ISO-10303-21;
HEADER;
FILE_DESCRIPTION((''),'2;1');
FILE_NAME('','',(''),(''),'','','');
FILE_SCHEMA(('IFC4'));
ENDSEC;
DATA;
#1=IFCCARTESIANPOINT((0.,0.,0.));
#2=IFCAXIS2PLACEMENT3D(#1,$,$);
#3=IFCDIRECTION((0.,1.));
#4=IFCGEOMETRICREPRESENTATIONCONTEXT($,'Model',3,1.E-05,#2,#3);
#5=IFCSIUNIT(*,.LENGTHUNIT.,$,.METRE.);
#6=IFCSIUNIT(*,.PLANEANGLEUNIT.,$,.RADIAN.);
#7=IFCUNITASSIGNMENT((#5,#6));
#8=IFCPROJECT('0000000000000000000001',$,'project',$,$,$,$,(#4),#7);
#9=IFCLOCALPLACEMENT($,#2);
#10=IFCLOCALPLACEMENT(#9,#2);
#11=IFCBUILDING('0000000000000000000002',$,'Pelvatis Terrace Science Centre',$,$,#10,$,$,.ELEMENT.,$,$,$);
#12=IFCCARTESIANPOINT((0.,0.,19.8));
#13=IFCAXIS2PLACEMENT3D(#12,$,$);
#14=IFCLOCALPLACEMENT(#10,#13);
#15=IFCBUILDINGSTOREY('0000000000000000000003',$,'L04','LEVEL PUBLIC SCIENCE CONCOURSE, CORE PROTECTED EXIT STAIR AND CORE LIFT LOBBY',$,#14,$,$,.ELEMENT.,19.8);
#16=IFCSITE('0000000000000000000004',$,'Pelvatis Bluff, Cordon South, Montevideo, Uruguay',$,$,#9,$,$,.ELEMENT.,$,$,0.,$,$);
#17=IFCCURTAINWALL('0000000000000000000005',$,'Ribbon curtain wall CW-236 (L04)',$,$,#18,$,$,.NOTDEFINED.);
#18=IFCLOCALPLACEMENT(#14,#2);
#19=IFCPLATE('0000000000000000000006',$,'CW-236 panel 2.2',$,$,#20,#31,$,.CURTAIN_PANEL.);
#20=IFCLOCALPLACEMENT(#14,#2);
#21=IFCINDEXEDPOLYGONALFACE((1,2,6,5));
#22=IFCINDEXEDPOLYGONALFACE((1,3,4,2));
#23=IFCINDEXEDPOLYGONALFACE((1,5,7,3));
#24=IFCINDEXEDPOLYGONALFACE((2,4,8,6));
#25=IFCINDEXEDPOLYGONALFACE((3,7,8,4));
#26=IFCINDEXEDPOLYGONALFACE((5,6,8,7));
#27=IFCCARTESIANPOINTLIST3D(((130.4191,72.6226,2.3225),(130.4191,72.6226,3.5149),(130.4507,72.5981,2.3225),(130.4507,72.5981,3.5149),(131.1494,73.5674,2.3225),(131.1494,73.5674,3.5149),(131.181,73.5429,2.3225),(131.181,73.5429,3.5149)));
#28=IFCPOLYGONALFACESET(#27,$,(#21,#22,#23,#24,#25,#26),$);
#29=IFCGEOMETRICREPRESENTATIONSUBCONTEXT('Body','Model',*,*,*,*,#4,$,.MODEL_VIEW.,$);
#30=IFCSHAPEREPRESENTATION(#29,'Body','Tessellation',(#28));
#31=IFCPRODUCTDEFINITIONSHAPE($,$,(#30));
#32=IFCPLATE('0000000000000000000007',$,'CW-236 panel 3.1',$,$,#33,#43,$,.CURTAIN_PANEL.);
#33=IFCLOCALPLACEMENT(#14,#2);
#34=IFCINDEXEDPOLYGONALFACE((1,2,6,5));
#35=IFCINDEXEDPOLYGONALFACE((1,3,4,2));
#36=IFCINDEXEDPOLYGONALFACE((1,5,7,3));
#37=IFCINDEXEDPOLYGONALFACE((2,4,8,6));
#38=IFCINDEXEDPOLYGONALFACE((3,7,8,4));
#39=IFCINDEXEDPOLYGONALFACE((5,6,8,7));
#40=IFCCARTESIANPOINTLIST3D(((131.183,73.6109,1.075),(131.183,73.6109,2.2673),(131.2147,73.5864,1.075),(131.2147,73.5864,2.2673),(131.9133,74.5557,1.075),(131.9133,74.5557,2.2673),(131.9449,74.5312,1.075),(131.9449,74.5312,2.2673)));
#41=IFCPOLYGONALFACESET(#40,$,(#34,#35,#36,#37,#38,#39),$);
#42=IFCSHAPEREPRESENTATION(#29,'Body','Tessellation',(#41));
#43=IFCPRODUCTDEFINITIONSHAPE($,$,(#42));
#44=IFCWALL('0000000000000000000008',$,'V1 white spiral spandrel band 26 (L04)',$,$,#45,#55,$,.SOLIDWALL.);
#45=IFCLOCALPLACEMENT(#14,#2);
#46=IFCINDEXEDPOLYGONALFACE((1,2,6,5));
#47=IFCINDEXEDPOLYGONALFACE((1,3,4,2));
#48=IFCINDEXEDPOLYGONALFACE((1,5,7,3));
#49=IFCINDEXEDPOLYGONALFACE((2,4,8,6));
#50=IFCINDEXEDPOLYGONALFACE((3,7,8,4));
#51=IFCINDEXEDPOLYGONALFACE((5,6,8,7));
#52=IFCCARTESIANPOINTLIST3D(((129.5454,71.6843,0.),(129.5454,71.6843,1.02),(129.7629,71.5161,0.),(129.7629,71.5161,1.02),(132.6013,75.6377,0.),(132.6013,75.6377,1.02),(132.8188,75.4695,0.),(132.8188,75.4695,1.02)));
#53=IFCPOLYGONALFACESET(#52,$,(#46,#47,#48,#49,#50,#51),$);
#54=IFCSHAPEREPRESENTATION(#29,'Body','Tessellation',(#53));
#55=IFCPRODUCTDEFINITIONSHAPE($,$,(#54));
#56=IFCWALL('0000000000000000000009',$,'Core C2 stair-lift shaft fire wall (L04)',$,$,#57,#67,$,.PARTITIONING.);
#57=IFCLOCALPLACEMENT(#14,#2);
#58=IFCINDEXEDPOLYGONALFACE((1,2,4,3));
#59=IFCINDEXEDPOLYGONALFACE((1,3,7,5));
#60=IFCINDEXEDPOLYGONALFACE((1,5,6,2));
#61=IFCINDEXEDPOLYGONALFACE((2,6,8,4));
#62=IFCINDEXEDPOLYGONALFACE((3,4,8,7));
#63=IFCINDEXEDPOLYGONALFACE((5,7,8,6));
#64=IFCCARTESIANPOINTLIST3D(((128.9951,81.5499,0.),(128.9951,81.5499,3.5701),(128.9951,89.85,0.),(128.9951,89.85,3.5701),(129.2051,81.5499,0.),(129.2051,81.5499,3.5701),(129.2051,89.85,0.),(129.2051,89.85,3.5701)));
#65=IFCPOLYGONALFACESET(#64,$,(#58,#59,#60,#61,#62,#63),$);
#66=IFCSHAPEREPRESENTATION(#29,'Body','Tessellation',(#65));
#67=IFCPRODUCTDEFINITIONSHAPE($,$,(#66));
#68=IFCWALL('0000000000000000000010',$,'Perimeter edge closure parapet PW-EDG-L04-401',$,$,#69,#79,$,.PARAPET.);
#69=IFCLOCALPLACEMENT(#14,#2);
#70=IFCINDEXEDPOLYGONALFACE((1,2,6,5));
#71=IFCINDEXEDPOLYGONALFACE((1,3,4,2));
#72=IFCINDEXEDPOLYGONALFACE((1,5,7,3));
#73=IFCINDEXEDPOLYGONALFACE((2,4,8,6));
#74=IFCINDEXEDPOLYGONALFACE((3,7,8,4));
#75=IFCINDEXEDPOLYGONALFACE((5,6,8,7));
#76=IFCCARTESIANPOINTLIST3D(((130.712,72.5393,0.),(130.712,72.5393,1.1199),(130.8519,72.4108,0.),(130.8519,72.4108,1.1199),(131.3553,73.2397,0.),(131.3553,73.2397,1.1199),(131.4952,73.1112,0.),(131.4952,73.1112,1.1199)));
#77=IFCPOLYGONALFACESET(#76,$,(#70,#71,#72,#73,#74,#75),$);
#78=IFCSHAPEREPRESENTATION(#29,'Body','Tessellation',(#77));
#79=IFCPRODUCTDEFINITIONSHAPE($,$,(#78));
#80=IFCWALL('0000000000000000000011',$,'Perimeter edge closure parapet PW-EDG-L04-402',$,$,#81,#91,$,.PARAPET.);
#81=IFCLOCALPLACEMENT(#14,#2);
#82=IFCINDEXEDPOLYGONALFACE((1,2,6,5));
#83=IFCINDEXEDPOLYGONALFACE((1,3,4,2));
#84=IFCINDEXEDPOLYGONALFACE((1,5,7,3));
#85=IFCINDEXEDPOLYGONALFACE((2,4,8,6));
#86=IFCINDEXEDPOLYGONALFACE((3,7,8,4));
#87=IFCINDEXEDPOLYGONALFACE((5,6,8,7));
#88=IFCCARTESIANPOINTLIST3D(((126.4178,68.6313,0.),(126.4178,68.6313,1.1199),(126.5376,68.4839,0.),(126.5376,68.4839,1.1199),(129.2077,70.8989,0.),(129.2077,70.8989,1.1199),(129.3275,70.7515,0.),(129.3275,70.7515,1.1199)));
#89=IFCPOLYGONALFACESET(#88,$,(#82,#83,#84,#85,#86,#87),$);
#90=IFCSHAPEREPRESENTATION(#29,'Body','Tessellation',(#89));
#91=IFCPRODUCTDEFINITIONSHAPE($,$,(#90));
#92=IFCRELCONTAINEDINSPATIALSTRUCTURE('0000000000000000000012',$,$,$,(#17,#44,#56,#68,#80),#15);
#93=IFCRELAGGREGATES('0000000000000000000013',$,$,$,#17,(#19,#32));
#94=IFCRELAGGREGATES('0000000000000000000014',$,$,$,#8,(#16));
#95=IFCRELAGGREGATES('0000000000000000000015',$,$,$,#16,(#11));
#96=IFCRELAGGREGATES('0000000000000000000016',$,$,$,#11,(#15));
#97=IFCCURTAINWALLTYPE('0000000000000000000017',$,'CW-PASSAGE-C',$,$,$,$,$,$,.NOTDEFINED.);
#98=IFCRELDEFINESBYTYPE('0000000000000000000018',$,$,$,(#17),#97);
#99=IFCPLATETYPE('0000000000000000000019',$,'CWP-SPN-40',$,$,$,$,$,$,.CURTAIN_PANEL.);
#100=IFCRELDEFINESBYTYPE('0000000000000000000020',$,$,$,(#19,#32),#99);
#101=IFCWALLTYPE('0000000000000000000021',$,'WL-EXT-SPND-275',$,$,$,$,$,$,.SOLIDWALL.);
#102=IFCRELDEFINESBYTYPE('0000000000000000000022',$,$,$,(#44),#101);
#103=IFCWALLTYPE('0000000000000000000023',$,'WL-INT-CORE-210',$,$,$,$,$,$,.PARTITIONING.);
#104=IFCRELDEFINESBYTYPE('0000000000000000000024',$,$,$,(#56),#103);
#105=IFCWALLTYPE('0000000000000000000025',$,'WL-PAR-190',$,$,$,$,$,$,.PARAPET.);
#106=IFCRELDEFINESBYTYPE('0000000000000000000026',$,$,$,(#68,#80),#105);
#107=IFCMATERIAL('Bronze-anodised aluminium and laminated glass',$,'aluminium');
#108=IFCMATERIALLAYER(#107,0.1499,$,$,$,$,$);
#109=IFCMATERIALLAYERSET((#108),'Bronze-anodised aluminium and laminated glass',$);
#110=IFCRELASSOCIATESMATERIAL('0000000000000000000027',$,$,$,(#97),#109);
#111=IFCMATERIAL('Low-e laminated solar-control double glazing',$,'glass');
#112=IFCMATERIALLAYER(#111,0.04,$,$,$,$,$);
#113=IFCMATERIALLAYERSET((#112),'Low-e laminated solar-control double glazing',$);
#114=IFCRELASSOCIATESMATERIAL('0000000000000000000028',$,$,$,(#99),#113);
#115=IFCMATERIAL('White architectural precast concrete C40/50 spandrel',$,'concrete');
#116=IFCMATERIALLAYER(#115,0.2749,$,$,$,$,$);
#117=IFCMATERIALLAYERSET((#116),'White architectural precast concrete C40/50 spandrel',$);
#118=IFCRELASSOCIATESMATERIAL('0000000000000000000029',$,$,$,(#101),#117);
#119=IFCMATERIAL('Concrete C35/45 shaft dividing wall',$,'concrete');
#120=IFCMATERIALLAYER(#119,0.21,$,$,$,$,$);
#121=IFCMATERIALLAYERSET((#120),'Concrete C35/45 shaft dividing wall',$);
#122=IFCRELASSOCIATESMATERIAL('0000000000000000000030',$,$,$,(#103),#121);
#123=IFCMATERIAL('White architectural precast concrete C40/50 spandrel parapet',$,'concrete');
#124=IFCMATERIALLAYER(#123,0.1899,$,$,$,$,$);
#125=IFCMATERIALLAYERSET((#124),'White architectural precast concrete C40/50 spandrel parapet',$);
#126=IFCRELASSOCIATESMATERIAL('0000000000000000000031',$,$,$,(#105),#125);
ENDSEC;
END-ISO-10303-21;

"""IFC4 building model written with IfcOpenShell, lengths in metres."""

from ifc_helpers import new_model, si_unit, direction, frame, frame_2d, origin, origin_2d, place, context, subcontext, project, spatial, rectangle, extrude, material, layer, layer_set, type_object, element, aggregate, save


model = new_model("IFC4")

# Units and contexts
model_context = context("Model", 3, precision=1e-05, world=origin(), true_north=direction((0.0, 1.0)))
body_context = subcontext(model_context, "Body", "Model", "MODEL_VIEW")
ifc_project = project(units=[si_unit("LENGTHUNIT", "METRE"), si_unit("PLANEANGLEUNIT", "RADIAN")], contexts=[model_context])

# Site, building, storey
site_placement = place(None, origin())
site = spatial("IfcSite", under=ifc_project, at=site_placement, Name="Pelvatis Bluff, Cordon South, Montevideo, Uruguay", CompositionType="ELEMENT", RefElevation=0.0)
building_placement = place(site_placement, origin())
building = spatial("IfcBuilding", under=site, at=building_placement, Name="Pelvatis Terrace Science Centre", CompositionType="ELEMENT")
storey_placement = place(building_placement, frame((0.0, 0.0, 19.8)))
storey = spatial("IfcBuildingStorey", under=building, at=storey_placement, Name="L04", Description="LEVEL PUBLIC SCIENCE CONCOURSE, CORE PROTECTED EXIT STAIR AND CORE LIFT LOBBY", CompositionType="ELEMENT", Elevation=19.8)

# Shared definitions
ifc_material_1 = material(Name="Bronze-anodised aluminium and laminated glass", Category="aluminium")
ifc_layer_1 = layer(ifc_material_1, 0.1499)
ifc_layer_set_1 = layer_set([ifc_layer_1], Name="Bronze-anodised aluminium and laminated glass")
curtain_wall_type = type_object("IfcCurtainWallType", Name="CW-PASSAGE-C", PredefinedType="NOTDEFINED", material=ifc_layer_set_1)

# Curtain wall
curtain_wall_1_placement = place(storey_placement, origin())
curtain_wall_1 = element("IfcCurtainWall", 1, at=curtain_wall_1_placement, inside=storey, type_object=curtain_wall_type, Name="Ribbon curtain wall CW-236 (L04)", PredefinedType="NOTDEFINED")

# Plates
ifc_material_2 = material(Name="Low-e laminated solar-control double glazing", Category="glass")
ifc_layer_2 = layer(ifc_material_2, 0.04)
ifc_layer_set_2 = layer_set([ifc_layer_2], Name="Low-e laminated solar-control double glazing")
plate_type = type_object("IfcPlateType", Name="CWP-SPN-40", PredefinedType="CURTAIN_PANEL", material=ifc_layer_set_2)
plate_1_placement = place(storey_placement, frame((130.8, 73.0828, 2.3225), z_axis=(0.0, 0.0, 1.0), x_axis=(0.611582, 0.791181, 0.0)))
plate_1 = element("IfcPlate", 2, at=plate_1_placement, type_object=plate_type, Name="CW-236 panel 2.2", PredefinedType="CURTAIN_PANEL", context=body_context, shape_type="SweptSolid", body=[
    extrude(rectangle(XDim=1.1941, YDim=0.04, at=origin_2d()), origin(), (0.0, 0.0, 1.0), 1.1924),
])
plate_2_placement = place(storey_placement, frame((131.564, 74.071, 1.075), z_axis=(0.0, 0.0, 1.0), x_axis=(0.611582, 0.791181, 0.0)))
plate_2 = element("IfcPlate", 3, at=plate_2_placement, type_object=plate_type, Name="CW-236 panel 3.1", PredefinedType="CURTAIN_PANEL", context=body_context, shape_type="SweptSolid", body=[
    extrude(rectangle(XDim=1.1941, YDim=0.04, at=origin_2d()), origin(), (0.0, 0.0, 1.0), 1.1924),
])
aggregate(curtain_wall_1, [plate_1, plate_2])

# Walls
ifc_material_3 = material(Name="White architectural precast concrete C40/50 spandrel", Category="concrete")
ifc_layer_3 = layer(ifc_material_3, 0.2749)
ifc_layer_set_3 = layer_set([ifc_layer_3], Name="White architectural precast concrete C40/50 spandrel")
wall_type_1 = type_object("IfcWallType", Name="WL-EXT-SPND-275", PredefinedType="SOLIDWALL", material=ifc_layer_set_3)
wall_1_placement = place(storey_placement, frame((129.6541, 71.6001, 0.0), z_axis=(0.0, 0.0, 1.0), x_axis=(0.611577, 0.791185, 0.0)))
element("IfcWall", 4, at=wall_1_placement, inside=storey, type_object=wall_type_1, Name="V1 white spiral spandrel band 26 (L04)", PredefinedType="SOLIDWALL", context=body_context, shape_type="SweptSolid", body=[
    extrude(rectangle(XDim=4.9968, YDim=0.2749, at=frame_2d((2.4985, 0.0))), origin(), (0.0, 0.0, 1.0), 1.02),
])
ifc_material_4 = material(Name="Concrete C35/45 shaft dividing wall", Category="concrete")
ifc_layer_4 = layer(ifc_material_4, 0.21)
ifc_layer_set_4 = layer_set([ifc_layer_4], Name="Concrete C35/45 shaft dividing wall")
wall_type_2 = type_object("IfcWallType", Name="WL-INT-CORE-210", PredefinedType="PARTITIONING", material=ifc_layer_set_4)
wall_2_placement = place(storey_placement, frame((129.1001, 81.55, 0.0), z_axis=(0.0, 0.0, 1.0), x_axis=(0.0, 1.0, 0.0)))
element("IfcWall", 5, at=wall_2_placement, inside=storey, type_object=wall_type_2, Name="Core C2 stair-lift shaft fire wall (L04)", PredefinedType="PARTITIONING", context=body_context, shape_type="SweptSolid", body=[
    extrude(rectangle(XDim=8.3, YDim=0.21, at=frame_2d((4.1499, 0.0))), origin(), (0.0, 0.0, 1.0), 3.5701),
])

# Walls
ifc_material_5 = material(Name="White architectural precast concrete C40/50 spandrel parapet", Category="concrete")
ifc_layer_5 = layer(ifc_material_5, 0.1899)
ifc_layer_set_5 = layer_set([ifc_layer_5], Name="White architectural precast concrete C40/50 spandrel parapet")
wall_type_3 = type_object("IfcWallType", Name="WL-PAR-190", PredefinedType="PARAPET", material=ifc_layer_set_5)
wall_3_placement = place(storey_placement, frame((131.4253, 73.1755, 0.0), z_axis=(0.0, 0.0, 1.0), x_axis=(-0.676433, -0.736504, 0.0)))
element("IfcWall", 6, at=wall_3_placement, inside=storey, type_object=wall_type_3, Name="Perimeter edge closure parapet PW-EDG-L04-401", PredefinedType="PARAPET", context=body_context, shape_type="SweptSolid", body=[
    extrude(rectangle(XDim=0.9509, YDim=0.1899, at=frame_2d((0.4756, 0.0))), origin(), (0.0, 0.0, 1.0), 1.1199),
])
wall_4_placement = place(storey_placement, frame((129.2676, 70.8252, 0.0), z_axis=(0.0, 0.0, 1.0), x_axis=(-0.775996, -0.630738, 0.0)))
element("IfcWall", 7, at=wall_4_placement, inside=storey, type_object=wall_type_3, Name="Perimeter edge closure parapet PW-EDG-L04-402", PredefinedType="PARAPET", context=body_context, shape_type="SweptSolid", body=[
    extrude(rectangle(XDim=3.5952, YDim=0.1899, at=frame_2d((1.7976, 0.0))), origin(), (0.0, 0.0, 1.0), 1.1199),
])

save(model, "model.ifc")
